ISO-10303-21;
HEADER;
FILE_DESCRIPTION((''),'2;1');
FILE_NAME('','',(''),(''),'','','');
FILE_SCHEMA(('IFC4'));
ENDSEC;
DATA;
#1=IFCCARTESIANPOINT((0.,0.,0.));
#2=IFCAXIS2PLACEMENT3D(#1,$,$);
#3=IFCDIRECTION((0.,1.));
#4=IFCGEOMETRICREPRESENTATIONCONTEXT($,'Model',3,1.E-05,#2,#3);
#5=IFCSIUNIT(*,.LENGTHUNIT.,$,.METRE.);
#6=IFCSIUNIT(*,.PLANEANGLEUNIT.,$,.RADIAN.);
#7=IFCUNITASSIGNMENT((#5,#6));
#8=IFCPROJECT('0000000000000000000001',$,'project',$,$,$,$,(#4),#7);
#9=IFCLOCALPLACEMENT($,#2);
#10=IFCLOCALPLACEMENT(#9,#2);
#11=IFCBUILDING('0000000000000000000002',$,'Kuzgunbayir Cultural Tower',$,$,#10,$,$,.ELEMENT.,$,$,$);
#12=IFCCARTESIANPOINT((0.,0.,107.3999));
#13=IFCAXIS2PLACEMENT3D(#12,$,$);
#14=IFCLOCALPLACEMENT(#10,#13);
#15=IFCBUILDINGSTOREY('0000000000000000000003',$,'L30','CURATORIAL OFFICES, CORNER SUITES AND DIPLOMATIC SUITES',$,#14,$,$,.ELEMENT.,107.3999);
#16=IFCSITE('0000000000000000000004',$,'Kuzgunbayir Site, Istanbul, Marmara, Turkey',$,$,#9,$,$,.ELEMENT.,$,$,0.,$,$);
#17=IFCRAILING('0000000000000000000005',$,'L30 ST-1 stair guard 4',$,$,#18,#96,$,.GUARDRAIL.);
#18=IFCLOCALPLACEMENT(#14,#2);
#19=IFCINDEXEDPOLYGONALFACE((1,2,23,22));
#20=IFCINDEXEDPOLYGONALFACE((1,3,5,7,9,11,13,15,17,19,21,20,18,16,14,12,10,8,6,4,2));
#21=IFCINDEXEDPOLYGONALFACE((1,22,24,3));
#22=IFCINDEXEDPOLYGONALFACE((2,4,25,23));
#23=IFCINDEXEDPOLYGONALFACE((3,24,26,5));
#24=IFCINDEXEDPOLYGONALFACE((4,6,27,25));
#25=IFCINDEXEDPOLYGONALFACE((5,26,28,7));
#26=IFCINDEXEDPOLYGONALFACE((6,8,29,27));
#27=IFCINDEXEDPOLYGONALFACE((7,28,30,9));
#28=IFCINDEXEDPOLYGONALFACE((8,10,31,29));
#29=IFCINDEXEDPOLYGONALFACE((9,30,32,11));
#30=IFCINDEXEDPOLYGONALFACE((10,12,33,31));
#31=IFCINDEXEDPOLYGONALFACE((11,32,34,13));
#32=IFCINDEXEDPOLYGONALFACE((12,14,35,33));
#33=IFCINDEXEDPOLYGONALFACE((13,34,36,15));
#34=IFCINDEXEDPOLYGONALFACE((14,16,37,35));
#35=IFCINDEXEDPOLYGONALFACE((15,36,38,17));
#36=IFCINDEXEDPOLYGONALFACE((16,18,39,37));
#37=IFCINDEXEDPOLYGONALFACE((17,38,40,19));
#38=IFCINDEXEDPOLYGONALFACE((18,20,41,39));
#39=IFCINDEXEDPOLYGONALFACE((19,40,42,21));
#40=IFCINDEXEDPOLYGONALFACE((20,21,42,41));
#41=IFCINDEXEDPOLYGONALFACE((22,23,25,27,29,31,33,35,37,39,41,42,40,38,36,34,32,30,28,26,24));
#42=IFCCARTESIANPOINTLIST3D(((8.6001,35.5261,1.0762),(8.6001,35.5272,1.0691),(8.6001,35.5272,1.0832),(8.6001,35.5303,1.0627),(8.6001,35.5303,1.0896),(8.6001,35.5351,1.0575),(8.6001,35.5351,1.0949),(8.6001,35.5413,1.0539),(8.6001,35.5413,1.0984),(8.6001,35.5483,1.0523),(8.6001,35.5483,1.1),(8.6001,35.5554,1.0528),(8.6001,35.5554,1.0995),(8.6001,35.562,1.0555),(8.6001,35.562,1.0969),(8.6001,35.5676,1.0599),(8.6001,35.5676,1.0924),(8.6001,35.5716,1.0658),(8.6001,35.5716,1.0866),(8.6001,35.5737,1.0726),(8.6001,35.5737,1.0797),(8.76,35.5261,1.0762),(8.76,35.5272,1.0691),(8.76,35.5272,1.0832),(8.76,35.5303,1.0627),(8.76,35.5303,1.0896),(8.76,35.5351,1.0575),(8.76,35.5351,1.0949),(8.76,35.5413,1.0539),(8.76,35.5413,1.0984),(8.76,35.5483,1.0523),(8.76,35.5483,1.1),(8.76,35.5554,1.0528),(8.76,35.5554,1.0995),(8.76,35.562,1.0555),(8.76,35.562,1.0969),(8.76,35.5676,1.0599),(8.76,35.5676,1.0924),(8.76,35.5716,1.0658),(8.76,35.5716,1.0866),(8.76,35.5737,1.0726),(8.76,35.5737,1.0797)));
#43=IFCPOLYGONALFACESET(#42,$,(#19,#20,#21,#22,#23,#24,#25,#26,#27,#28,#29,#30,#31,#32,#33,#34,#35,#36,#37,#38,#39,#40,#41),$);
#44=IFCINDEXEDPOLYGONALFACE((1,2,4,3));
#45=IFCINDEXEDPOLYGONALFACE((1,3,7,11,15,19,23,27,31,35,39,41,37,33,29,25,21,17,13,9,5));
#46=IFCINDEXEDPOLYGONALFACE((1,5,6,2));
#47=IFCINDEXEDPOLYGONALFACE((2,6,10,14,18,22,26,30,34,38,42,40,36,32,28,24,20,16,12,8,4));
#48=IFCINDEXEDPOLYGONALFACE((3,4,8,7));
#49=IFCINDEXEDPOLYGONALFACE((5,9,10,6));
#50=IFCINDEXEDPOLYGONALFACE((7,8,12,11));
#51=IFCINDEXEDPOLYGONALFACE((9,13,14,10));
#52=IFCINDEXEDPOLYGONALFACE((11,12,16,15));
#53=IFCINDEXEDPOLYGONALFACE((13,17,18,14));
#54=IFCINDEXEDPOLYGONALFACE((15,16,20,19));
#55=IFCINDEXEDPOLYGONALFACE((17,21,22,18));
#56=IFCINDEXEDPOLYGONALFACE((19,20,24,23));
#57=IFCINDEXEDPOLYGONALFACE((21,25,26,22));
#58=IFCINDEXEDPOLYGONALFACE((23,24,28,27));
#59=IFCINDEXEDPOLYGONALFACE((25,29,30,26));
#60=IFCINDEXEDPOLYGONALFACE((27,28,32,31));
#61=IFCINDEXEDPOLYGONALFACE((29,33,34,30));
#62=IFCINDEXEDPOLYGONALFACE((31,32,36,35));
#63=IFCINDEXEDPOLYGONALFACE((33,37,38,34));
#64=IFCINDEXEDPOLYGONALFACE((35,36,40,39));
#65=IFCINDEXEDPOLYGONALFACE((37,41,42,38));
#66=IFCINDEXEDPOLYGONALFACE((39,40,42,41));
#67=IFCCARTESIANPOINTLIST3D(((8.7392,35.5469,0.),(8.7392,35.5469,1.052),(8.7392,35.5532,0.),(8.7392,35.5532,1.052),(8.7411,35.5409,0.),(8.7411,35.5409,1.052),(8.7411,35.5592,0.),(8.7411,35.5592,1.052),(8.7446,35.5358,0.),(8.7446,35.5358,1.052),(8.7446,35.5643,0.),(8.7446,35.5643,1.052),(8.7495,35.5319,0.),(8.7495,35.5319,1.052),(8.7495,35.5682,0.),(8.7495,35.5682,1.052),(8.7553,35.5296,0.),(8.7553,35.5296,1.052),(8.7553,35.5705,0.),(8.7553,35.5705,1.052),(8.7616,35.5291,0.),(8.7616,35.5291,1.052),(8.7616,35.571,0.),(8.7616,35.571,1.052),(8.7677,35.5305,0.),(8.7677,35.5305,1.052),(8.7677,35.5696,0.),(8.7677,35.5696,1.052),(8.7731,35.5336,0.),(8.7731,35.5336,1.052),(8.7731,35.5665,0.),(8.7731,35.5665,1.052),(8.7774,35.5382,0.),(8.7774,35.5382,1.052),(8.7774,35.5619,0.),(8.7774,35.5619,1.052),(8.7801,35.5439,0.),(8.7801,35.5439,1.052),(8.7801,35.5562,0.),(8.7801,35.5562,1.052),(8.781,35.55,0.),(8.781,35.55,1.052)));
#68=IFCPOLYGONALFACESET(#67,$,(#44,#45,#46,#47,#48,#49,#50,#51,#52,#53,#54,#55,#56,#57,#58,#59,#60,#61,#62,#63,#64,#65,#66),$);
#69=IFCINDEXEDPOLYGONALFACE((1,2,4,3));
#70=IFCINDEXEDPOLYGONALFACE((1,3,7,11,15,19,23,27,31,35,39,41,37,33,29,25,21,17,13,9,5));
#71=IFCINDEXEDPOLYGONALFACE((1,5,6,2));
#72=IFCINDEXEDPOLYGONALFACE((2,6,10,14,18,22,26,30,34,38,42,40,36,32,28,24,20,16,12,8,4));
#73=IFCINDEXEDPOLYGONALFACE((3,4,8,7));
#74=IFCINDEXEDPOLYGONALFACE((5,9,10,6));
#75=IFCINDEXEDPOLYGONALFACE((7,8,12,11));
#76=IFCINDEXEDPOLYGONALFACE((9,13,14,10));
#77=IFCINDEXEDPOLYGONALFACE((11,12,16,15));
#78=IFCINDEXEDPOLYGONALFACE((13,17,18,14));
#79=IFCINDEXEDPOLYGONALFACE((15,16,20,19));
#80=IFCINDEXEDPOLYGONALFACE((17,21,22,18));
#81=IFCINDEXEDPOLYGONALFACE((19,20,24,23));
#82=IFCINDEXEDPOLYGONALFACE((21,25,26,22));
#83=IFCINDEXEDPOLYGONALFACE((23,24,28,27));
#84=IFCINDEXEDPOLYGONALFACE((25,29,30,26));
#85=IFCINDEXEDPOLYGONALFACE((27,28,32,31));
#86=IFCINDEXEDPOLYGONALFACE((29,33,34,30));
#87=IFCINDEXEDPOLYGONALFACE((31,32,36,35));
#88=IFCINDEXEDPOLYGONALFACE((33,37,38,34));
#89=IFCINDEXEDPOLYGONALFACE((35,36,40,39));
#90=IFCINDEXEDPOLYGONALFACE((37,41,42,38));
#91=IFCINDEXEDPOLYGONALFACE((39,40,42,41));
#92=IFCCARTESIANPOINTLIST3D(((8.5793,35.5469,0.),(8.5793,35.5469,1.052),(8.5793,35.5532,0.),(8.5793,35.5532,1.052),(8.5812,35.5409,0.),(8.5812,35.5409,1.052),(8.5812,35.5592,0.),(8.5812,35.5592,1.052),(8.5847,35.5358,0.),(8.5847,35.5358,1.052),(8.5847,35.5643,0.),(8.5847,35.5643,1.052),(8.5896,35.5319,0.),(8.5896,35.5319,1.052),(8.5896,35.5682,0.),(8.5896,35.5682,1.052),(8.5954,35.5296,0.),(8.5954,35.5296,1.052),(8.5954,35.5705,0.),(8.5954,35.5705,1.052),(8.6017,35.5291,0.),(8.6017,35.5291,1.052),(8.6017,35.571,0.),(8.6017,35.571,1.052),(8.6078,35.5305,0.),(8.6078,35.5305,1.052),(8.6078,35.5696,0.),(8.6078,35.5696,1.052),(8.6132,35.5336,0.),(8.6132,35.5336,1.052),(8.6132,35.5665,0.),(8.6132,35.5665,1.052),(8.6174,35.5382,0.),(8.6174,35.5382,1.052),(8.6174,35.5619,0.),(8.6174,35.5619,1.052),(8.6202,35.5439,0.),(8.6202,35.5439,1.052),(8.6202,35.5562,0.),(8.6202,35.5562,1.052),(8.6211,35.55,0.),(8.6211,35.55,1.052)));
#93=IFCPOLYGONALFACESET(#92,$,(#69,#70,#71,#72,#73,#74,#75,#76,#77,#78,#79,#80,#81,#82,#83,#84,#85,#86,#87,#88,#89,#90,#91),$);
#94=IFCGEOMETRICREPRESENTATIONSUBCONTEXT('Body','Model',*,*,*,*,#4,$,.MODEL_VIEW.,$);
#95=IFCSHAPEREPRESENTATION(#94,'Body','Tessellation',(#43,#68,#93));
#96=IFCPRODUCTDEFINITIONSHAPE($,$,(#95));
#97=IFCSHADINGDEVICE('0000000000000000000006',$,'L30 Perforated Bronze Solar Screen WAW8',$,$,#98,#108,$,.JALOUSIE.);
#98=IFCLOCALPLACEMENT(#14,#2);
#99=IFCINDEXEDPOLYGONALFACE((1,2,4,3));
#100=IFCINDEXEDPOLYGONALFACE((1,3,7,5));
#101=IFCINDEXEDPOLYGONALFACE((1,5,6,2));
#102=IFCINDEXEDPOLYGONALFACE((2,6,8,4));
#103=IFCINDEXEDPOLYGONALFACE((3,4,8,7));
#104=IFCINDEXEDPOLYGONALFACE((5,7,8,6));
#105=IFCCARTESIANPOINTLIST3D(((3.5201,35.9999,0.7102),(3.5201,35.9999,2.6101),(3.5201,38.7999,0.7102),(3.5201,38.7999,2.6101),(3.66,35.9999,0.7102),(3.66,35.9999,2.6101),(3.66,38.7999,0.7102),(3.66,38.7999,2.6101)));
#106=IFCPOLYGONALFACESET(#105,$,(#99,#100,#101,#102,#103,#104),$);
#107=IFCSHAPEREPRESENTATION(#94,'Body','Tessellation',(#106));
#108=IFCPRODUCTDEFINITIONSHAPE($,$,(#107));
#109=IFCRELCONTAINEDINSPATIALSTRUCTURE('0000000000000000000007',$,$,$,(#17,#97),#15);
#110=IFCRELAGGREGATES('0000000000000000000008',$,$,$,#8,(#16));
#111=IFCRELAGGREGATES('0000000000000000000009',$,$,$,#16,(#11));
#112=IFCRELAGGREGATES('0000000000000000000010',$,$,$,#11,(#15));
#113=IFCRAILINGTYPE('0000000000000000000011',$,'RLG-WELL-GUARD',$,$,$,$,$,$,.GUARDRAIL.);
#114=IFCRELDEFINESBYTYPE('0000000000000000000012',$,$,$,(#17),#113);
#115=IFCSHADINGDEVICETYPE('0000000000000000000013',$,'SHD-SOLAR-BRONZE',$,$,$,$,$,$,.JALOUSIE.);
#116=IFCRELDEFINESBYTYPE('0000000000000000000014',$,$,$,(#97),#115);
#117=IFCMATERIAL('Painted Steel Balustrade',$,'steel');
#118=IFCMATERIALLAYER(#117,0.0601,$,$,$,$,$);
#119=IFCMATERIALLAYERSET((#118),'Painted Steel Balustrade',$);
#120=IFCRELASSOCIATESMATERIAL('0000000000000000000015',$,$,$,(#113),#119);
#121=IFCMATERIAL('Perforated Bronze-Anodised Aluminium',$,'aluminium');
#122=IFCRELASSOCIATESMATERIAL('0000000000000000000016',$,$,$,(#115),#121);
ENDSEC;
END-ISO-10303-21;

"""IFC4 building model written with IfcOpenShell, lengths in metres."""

from ifc_helpers import new_model, si_unit, direction, frame, origin, origin_2d, place, context, subcontext, project, spatial, rectangle, circle, extrude, material, layer, layer_set, type_object, element, save


model = new_model("IFC4")

# Units and contexts
model_context = context("Model", 3, precision=1e-05, world=origin(), true_north=direction((0.0, 1.0)))
body_context = subcontext(model_context, "Body", "Model", "MODEL_VIEW")
ifc_project = project(units=[si_unit("LENGTHUNIT", "METRE"), si_unit("PLANEANGLEUNIT", "RADIAN")], contexts=[model_context])

# Site, building, storey
site_placement = place(None, origin())
site = spatial("IfcSite", under=ifc_project, at=site_placement, Name="Kuzgunbayir Site, Istanbul, Marmara, Turkey", CompositionType="ELEMENT", RefElevation=0.0)
building_placement = place(site_placement, origin())
building = spatial("IfcBuilding", under=site, at=building_placement, Name="Kuzgunbayir Cultural Tower", CompositionType="ELEMENT")
storey_placement = place(building_placement, frame((0.0, 0.0, 107.3999)))
storey = spatial("IfcBuildingStorey", under=building, at=storey_placement, Name="L30", Description="CURATORIAL OFFICES, CORNER SUITES AND DIPLOMATIC SUITES", CompositionType="ELEMENT", Elevation=107.3999)

# Shared definitions
ifc_material_1 = material(Name="Perforated Bronze-Anodised Aluminium", Category="aluminium")

# Railing
ifc_material_2 = material(Name="Painted Steel Balustrade", Category="steel")
ifc_layer_1 = layer(ifc_material_2, 0.0601)
ifc_layer_set_1 = layer_set([ifc_layer_1], Name="Painted Steel Balustrade")
railing_type_1 = type_object("IfcRailingType", Name="RLG-WELL-GUARD", PredefinedType="GUARDRAIL", material=ifc_layer_set_1)
railing_1_placement = place(storey_placement, frame((8.76, 35.55, 0.0)))
element("IfcRailing", 1, at=railing_1_placement, inside=storey, type_object=railing_type_1, Name="L30 ST-1 stair guard 4", PredefinedType="GUARDRAIL", context=body_context, shape_type="SweptSolid", body=[
    extrude(circle(Radius=0.0239, at=origin_2d()), frame((0.0, 0.0, 1.0762), z_axis=(-1.0, 0.0, 0.0), x_axis=(0.0, -1.0, 0.0)), (0.0, 0.0, 1.0), 0.1599),
    extrude(circle(Radius=0.021, at=origin_2d()), origin(), (0.0, 0.0, 1.0), 1.052),
    extrude(circle(Radius=0.021, at=origin_2d()), frame((-0.1599, 0.0, 0.0)), (0.0, 0.0, 1.0), 1.052),
])

# Shading device
shading_device_type = type_object("IfcShadingDeviceType", Name="SHD-SOLAR-BRONZE", PredefinedType="JALOUSIE", material=ifc_material_1)
shading_device_placement = place(storey_placement, frame((3.5901, 37.3999, 0.7102), z_axis=(0.0, 0.0, 1.0), x_axis=(1.0, 0.0, 0.0)))
element("IfcShadingDevice", 2, at=shading_device_placement, inside=storey, type_object=shading_device_type, Name="L30 Perforated Bronze Solar Screen WAW8", PredefinedType="JALOUSIE", context=body_context, shape_type="SweptSolid", body=[
    extrude(rectangle(XDim=0.1399, YDim=2.8, at=origin_2d()), origin(), (0.0, 0.0, 1.0), 1.8999),
])

save(model, "model.ifc")
